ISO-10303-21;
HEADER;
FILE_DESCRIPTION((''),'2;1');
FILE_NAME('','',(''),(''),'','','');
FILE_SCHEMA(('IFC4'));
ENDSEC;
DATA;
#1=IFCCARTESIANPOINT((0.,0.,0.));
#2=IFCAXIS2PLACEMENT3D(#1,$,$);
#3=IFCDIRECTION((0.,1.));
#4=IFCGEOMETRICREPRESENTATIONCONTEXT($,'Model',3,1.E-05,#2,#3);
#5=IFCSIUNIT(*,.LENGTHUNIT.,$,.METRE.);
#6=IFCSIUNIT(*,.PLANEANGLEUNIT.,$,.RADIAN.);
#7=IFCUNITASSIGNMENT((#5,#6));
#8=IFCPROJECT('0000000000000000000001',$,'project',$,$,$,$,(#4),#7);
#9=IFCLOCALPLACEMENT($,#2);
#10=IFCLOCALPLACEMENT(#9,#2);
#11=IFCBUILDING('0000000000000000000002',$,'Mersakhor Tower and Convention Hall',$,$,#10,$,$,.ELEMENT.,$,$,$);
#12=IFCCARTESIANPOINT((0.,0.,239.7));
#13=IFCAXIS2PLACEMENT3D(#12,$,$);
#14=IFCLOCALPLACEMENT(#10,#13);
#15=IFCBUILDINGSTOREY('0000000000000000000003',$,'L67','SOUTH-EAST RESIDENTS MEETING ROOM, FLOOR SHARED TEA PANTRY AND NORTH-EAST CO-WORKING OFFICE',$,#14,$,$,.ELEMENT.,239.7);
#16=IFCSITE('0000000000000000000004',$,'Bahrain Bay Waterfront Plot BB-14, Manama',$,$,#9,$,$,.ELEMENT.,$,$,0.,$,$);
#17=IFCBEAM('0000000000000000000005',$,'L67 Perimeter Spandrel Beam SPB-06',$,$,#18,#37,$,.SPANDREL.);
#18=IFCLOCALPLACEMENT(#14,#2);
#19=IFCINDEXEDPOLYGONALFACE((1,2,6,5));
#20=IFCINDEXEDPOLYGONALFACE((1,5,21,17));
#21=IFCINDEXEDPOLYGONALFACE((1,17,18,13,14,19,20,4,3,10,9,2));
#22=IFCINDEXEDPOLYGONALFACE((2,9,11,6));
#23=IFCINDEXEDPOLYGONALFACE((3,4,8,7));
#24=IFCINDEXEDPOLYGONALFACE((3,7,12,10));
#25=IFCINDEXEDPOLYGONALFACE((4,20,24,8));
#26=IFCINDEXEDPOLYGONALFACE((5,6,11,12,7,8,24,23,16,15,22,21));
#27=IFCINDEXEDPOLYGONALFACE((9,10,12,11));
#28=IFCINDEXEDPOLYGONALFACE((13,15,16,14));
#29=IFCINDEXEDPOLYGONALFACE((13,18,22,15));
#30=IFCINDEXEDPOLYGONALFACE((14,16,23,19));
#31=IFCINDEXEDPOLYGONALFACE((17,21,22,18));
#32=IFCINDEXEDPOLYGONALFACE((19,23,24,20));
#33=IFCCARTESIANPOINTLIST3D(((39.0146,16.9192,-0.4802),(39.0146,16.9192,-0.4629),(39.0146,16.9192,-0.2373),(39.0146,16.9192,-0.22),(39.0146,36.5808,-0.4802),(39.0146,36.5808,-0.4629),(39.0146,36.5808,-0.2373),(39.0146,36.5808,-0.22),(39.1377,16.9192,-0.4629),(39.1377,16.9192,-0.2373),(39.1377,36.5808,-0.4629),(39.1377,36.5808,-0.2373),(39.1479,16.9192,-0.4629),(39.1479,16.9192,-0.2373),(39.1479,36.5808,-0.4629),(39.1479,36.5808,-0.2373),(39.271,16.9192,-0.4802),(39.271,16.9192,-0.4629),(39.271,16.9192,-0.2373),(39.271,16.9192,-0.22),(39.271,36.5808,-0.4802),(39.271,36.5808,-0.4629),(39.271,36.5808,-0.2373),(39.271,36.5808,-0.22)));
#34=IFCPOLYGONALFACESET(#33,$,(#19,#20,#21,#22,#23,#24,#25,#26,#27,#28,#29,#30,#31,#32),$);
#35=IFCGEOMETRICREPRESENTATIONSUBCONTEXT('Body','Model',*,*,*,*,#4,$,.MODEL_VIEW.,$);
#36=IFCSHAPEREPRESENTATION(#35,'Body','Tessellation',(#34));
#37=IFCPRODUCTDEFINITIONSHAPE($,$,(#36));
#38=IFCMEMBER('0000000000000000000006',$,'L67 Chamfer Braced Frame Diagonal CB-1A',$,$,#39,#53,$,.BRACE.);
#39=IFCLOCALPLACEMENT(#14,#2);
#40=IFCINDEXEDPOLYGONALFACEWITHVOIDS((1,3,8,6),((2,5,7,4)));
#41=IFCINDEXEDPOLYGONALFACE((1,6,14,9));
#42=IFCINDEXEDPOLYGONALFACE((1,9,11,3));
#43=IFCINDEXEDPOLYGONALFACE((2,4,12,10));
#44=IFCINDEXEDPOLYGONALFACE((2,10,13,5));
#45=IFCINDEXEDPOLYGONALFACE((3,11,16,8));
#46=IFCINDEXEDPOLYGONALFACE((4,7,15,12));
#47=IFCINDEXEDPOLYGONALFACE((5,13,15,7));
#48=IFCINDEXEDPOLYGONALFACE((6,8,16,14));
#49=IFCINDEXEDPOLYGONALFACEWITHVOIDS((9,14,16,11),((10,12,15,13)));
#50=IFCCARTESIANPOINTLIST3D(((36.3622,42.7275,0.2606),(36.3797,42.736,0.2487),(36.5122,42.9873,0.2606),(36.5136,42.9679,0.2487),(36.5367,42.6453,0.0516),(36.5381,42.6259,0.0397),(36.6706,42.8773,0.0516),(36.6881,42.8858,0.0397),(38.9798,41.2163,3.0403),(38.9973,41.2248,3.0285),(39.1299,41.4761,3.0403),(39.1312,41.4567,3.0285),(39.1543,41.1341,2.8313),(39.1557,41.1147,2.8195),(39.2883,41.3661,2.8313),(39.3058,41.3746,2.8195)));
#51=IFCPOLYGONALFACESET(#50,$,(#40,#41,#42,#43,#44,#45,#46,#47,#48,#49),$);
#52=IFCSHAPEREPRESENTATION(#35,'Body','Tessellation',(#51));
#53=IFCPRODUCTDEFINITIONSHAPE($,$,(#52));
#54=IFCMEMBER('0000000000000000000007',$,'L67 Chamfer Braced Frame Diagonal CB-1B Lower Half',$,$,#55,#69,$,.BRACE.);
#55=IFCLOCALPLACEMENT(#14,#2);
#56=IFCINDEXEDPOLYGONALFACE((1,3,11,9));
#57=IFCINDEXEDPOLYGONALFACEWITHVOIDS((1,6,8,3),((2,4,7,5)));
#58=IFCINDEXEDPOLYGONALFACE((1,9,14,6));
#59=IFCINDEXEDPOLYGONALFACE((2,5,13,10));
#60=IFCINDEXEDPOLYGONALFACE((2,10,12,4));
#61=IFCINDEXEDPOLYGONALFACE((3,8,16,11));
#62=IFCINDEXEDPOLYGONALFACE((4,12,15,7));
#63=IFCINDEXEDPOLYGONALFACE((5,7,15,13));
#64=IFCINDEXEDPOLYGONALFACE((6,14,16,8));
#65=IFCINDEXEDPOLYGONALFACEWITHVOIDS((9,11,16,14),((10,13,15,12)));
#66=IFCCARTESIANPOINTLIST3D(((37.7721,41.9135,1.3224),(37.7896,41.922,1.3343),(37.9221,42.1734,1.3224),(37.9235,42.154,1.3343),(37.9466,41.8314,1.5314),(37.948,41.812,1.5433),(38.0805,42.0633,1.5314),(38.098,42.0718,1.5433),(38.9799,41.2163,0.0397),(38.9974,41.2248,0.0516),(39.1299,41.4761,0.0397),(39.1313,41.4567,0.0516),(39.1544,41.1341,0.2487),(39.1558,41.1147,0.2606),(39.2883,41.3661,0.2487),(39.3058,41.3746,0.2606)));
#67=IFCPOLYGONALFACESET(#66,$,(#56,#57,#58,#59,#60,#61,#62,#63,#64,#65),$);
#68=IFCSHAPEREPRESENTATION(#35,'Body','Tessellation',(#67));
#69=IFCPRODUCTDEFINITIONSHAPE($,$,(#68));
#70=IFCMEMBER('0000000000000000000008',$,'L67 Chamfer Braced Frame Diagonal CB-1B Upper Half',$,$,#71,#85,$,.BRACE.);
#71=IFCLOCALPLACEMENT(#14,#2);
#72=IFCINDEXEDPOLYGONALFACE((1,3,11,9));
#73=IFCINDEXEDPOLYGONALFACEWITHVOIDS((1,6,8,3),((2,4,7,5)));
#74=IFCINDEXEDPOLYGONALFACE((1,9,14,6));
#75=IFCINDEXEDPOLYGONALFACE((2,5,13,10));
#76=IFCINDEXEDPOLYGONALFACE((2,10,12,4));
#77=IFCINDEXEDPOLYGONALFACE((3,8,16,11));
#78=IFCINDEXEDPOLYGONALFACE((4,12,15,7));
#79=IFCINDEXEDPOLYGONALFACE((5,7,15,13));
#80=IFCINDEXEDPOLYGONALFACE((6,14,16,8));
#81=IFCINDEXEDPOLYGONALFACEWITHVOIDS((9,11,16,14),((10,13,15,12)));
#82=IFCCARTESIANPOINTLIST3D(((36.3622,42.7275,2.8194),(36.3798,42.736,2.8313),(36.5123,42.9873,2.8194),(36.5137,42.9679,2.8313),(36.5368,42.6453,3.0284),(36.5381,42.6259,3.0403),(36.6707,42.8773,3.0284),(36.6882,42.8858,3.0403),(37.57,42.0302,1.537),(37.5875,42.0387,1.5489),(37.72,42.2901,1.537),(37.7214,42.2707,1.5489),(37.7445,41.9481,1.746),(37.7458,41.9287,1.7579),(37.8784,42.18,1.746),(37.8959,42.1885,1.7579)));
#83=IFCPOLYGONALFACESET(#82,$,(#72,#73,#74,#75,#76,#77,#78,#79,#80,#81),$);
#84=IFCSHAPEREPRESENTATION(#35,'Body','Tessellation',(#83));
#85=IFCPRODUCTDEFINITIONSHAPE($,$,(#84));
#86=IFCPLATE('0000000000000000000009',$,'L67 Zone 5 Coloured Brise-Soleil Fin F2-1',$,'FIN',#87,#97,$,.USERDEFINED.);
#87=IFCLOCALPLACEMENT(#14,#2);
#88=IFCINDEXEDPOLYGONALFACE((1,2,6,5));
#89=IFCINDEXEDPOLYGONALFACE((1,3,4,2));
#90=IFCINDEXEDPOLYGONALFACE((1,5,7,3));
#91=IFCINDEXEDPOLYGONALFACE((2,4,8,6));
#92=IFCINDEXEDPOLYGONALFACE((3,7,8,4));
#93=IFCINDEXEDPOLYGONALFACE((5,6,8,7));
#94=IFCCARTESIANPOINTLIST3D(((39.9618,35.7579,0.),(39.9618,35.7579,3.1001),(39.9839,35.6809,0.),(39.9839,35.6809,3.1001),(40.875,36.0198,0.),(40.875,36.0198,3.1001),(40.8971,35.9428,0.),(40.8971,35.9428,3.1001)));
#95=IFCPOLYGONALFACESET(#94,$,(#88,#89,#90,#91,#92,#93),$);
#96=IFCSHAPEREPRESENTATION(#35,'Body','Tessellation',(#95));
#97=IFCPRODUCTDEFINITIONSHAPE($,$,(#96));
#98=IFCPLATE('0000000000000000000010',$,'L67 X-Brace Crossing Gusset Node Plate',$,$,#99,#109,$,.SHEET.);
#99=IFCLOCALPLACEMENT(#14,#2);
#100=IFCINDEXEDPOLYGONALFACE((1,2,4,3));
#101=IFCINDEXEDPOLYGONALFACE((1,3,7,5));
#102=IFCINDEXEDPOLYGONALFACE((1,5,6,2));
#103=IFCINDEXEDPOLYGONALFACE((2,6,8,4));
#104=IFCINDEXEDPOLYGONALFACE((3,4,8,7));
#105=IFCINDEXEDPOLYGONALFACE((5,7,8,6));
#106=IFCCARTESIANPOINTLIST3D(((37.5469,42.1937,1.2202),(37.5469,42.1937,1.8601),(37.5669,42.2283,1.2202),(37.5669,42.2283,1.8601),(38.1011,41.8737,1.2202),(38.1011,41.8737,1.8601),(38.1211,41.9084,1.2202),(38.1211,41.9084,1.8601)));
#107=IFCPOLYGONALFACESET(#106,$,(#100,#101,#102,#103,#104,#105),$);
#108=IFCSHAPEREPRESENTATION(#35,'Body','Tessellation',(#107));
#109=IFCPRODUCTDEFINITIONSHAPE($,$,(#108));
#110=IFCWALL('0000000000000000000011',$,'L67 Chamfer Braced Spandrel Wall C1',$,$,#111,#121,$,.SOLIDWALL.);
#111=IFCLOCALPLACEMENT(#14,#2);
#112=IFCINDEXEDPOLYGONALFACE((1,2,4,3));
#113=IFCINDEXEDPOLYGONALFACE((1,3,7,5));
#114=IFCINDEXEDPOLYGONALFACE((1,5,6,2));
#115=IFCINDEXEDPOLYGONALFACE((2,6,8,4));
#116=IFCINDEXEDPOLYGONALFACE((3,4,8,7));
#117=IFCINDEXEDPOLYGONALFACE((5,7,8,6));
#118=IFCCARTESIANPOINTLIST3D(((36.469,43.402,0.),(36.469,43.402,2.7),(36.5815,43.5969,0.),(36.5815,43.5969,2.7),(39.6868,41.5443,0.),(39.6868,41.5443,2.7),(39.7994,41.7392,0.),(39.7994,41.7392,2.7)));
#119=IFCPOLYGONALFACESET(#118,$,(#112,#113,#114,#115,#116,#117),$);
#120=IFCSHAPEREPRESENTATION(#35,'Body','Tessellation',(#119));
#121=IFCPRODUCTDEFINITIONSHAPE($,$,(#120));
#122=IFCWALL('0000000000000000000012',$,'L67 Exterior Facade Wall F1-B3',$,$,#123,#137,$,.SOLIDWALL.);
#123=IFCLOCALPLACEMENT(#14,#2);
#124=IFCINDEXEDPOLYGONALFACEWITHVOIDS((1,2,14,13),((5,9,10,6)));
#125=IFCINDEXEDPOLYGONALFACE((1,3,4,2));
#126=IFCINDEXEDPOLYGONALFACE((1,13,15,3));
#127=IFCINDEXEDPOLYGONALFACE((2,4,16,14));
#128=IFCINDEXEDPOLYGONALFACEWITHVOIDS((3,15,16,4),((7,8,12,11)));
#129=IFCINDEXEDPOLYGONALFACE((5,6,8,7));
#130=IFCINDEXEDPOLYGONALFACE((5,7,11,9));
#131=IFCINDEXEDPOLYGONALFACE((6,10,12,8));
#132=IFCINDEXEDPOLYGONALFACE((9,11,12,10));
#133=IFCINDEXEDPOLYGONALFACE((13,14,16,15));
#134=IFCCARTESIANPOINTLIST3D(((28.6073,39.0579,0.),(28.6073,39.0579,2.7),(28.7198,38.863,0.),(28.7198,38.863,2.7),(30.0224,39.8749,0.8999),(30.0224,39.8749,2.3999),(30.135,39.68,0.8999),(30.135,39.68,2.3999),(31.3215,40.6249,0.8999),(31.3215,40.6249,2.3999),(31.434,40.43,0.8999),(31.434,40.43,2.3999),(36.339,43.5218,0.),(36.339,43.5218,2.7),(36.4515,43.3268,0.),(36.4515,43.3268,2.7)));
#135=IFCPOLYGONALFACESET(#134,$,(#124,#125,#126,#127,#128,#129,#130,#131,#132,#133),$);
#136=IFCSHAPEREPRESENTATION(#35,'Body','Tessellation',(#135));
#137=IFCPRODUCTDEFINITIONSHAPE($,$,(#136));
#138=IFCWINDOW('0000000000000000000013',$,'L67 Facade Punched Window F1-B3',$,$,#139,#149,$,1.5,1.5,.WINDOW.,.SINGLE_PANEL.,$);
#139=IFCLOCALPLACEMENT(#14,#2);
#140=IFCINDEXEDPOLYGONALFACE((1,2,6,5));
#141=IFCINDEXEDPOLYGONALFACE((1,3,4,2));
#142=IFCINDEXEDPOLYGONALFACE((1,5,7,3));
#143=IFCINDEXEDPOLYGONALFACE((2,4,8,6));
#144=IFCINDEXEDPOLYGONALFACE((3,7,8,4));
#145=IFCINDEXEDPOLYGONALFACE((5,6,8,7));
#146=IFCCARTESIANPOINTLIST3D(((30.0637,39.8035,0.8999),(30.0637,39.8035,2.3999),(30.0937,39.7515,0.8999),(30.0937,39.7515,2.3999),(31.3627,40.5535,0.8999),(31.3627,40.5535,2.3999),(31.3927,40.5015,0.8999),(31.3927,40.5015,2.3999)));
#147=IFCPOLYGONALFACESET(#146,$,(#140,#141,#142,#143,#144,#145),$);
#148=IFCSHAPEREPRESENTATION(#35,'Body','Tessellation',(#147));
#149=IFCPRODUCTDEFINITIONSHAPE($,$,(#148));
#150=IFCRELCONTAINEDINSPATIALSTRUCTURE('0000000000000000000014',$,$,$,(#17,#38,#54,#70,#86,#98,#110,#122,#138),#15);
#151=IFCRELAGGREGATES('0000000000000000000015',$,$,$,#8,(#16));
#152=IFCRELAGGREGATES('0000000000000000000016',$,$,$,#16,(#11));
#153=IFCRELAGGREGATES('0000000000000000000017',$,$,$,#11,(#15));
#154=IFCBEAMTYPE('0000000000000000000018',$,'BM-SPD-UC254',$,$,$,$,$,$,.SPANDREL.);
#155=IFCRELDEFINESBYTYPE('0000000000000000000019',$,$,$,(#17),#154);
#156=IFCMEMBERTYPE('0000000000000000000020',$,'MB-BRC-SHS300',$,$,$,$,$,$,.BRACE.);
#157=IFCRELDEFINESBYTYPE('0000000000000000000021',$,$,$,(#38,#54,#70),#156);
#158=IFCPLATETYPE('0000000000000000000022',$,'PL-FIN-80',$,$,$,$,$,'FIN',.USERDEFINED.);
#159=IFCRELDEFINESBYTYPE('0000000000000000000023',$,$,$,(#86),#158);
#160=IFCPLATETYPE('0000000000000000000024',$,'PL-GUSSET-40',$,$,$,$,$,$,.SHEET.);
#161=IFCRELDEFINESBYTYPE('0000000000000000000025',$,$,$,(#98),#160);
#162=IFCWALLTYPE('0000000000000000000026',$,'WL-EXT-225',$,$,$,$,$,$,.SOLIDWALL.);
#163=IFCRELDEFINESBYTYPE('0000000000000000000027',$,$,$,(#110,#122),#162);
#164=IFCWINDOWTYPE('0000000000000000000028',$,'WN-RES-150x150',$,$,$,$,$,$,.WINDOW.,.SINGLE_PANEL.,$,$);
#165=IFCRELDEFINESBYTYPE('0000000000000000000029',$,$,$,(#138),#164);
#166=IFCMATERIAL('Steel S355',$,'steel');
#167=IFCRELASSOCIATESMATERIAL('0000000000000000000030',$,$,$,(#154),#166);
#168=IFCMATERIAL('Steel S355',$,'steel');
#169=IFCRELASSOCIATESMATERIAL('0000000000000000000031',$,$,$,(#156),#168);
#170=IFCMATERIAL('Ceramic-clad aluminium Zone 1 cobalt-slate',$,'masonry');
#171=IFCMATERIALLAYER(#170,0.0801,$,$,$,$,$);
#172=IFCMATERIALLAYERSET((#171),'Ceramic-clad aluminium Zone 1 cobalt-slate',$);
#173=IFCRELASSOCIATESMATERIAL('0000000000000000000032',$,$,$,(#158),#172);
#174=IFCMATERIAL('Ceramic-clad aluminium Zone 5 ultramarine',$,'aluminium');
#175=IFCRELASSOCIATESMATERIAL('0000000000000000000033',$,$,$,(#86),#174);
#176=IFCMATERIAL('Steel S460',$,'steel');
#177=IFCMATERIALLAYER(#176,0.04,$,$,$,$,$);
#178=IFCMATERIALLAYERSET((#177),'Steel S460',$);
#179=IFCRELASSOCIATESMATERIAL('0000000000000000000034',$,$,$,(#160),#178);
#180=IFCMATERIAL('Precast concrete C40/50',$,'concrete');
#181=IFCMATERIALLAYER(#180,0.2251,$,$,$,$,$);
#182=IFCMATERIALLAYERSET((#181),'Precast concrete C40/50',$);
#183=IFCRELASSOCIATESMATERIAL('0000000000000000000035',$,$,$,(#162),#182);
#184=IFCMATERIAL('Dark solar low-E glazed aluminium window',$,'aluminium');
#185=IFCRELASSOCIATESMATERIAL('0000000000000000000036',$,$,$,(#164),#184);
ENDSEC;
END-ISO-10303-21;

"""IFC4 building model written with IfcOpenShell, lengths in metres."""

from ifc_helpers import new_model, si_unit, direction, frame, frame_2d, origin, origin_2d, place, context, subcontext, project, spatial, rectangle, hollow_rectangle, i_section, extrude, material, layer, layer_set, material_profile, profile_set, type_object, element, fill, save


model = new_model("IFC4")

# Units and contexts
model_context = context("Model", 3, precision=1e-05, world=origin(), true_north=direction((0.0, 1.0)))
body_context = subcontext(model_context, "Body", "Model", "MODEL_VIEW")
ifc_project = project(units=[si_unit("LENGTHUNIT", "METRE"), si_unit("PLANEANGLEUNIT", "RADIAN")], contexts=[model_context])

# Site, building, storey
site_placement = place(None, origin())
site = spatial("IfcSite", under=ifc_project, at=site_placement, Name="Bahrain Bay Waterfront Plot BB-14, Manama", CompositionType="ELEMENT", RefElevation=0.0)
building_placement = place(site_placement, origin())
building = spatial("IfcBuilding", under=site, at=building_placement, Name="Mersakhor Tower and Convention Hall", CompositionType="ELEMENT")
storey_placement = place(building_placement, frame((0.0, 0.0, 239.7)))
storey = spatial("IfcBuildingStorey", under=building, at=storey_placement, Name="L67", Description="SOUTH-EAST RESIDENTS MEETING ROOM, FLOOR SHARED TEA PANTRY AND NORTH-EAST CO-WORKING OFFICE", CompositionType="ELEMENT", Elevation=239.7)

# Beam
ifc_material_1 = material(Name="Steel S355", Category="steel")
ifc_material_profile_1 = material_profile(ifc_material_1, i_section(OverallWidth=0.2563, OverallDepth=0.2603, WebThickness=0.0103, FlangeThickness=0.0173, at=origin_2d()), Name="UC 254x254x89")
ifc_profile_set_1 = profile_set([ifc_material_profile_1], Name="Steel S355")
beam_type_1 = type_object("IfcBeamType", Name="BM-SPD-UC254", PredefinedType="SPANDREL", material=ifc_profile_set_1)
beam_1_placement = place(storey_placement, frame((39.1428, 36.5808, -0.3501), z_axis=(0.0, -1.0, 0.0), x_axis=(1.0, 0.0, 0.0)))
element("IfcBeam", 1, at=beam_1_placement, inside=storey, type_object=beam_type_1, Name="L67 Perimeter Spandrel Beam SPB-06", PredefinedType="SPANDREL", context=body_context, shape_type="SweptSolid", body=[
    extrude(i_section(OverallWidth=0.2563, OverallDepth=0.2603, WebThickness=0.0103, FlangeThickness=0.0173, at=origin_2d()), origin(), (0.0, 0.0, 1.0), 19.6616),
])

# Members
ifc_material_2 = material(Name="Steel S355", Category="steel")
ifc_material_profile_2 = material_profile(ifc_material_2, hollow_rectangle(XDim=0.3, YDim=0.3, WallThickness=0.0161, at=origin_2d()), Name="SHS 300x300x16")
ifc_profile_set_2 = profile_set([ifc_material_profile_2], Name="Steel S355")
member_type = type_object("IfcMemberType", Name="MB-BRC-SHS300", PredefinedType="BRACE", material=ifc_profile_set_2)
member_1_placement = place(storey_placement, frame((36.5251, 42.8066, 0.1501), z_axis=(0.637449, -0.36801, 0.676925), x_axis=(0.499979, 0.866038, 0.0)))
element("IfcMember", 2, at=member_1_placement, inside=storey, type_object=member_type, Name="L67 Chamfer Braced Frame Diagonal CB-1A", PredefinedType="BRACE", context=body_context, shape_type="SweptSolid", body=[
    extrude(hollow_rectangle(XDim=0.3, YDim=0.3, WallThickness=0.0161, at=origin_2d()), origin(), (0.0, 0.0, 1.0), 4.1064),
])
member_2_placement = place(storey_placement, frame((39.1428, 41.2954, 0.1501), z_axis=(-0.637413, 0.367991, 0.676969), x_axis=(-0.49998, -0.866037, 0.0)))
element("IfcMember", 3, at=member_2_placement, inside=storey, type_object=member_type, Name="L67 Chamfer Braced Frame Diagonal CB-1B Lower Half", PredefinedType="BRACE", context=body_context, shape_type="SweptSolid", body=[
    extrude(hollow_rectangle(XDim=0.3, YDim=0.3, WallThickness=0.0161, at=origin_2d()), origin(), (0.0, 0.0, 1.0), 1.8948),
])
member_3_placement = place(storey_placement, frame((37.7329, 42.1094, 1.6475), z_axis=(-0.637468, 0.368023, 0.6769), x_axis=(-0.49998, -0.866037, 0.0)))
element("IfcMember", 4, at=member_3_placement, inside=storey, type_object=member_type, Name="L67 Chamfer Braced Frame Diagonal CB-1B Upper Half", PredefinedType="BRACE", context=body_context, shape_type="SweptSolid", body=[
    extrude(hollow_rectangle(XDim=0.3, YDim=0.3, WallThickness=0.0161, at=origin_2d()), origin(), (0.0, 0.0, 1.0), 1.8945),
])

# Plates
ifc_material_3 = material(Name="Ceramic-clad aluminium Zone 5 ultramarine", Category="aluminium")
ifc_material_4 = material(Name="Ceramic-clad aluminium Zone 1 cobalt-slate", Category="masonry")
ifc_layer_1 = layer(ifc_material_4, 0.0801)
ifc_layer_set_1 = layer_set([ifc_layer_1], Name="Ceramic-clad aluminium Zone 1 cobalt-slate")
plate_type_1 = type_object("IfcPlateType", Name="PL-FIN-80", ElementType="FIN", PredefinedType="USERDEFINED", material=ifc_layer_set_1)
plate_1_placement = place(storey_placement, frame((40.4294, 35.8503, 0.0), z_axis=(0.0, 0.0, 1.0), x_axis=(0.961262, 0.275637, 0.0)))
element("IfcPlate", 5, at=plate_1_placement, inside=storey, type_object=plate_type_1, material=ifc_material_3, Name="L67 Zone 5 Coloured Brise-Soleil Fin F2-1", ObjectType="FIN", PredefinedType="USERDEFINED", context=body_context, shape_type="SweptSolid", body=[
    extrude(rectangle(XDim=0.95, YDim=0.0801, at=origin_2d()), origin(), (0.0, 0.0, 1.0), 3.1001),
])
ifc_material_5 = material(Name="Steel S460", Category="steel")
ifc_layer_2 = layer(ifc_material_5, 0.04)
ifc_layer_set_2 = layer_set([ifc_layer_2], Name="Steel S460")
plate_type_2 = type_object("IfcPlateType", Name="PL-GUSSET-40", PredefinedType="SHEET", material=ifc_layer_set_2)
plate_2_placement = place(storey_placement, frame((37.834, 42.051, 1.2202), z_axis=(0.0, 0.0, 1.0), x_axis=(-0.866025, 0.5, 0.0)))
element("IfcPlate", 6, at=plate_2_placement, inside=storey, type_object=plate_type_2, Name="L67 X-Brace Crossing Gusset Node Plate", PredefinedType="SHEET", context=body_context, shape_type="SweptSolid", body=[
    extrude(rectangle(XDim=0.6399, YDim=0.04, at=origin_2d()), origin(), (0.0, 0.0, 1.0), 0.6399),
])

# Wall
ifc_material_6 = material(Name="Precast concrete C40/50", Category="concrete")
ifc_layer_3 = layer(ifc_material_6, 0.2251)
ifc_layer_set_3 = layer_set([ifc_layer_3], Name="Precast concrete C40/50")
wall_type_1 = type_object("IfcWallType", Name="WL-EXT-225", PredefinedType="SOLIDWALL", material=ifc_layer_set_3)
wall_1_placement = place(storey_placement, frame((36.5251, 43.4995, 0.0), z_axis=(0.0, 0.0, 1.0), x_axis=(0.866039, -0.499977, 0.0)))
element("IfcWall", 7, at=wall_1_placement, inside=storey, type_object=wall_type_1, Name="L67 Chamfer Braced Spandrel Wall C1", PredefinedType="SOLIDWALL", context=body_context, shape_type="SweptSolid", body=[
    extrude(rectangle(XDim=3.7156, YDim=0.2251, at=frame_2d((1.8579, 0.0))), origin(), (0.0, 0.0, 1.0), 2.7),
])

# Wall, opening, window
wall_2_placement = place(storey_placement, frame((28.6636, 38.9604, 0.0), z_axis=(0.0, 0.0, 1.0), x_axis=(0.866027, 0.499998, 0.0)))
wall_2 = element("IfcWall", 8, at=wall_2_placement, inside=storey, type_object=wall_type_1, Name="L67 Exterior Facade Wall F1-B3", PredefinedType="SOLIDWALL", context=body_context, shape_type="SweptSolid", body=[
    extrude(rectangle(XDim=8.9277, YDim=0.2251, at=frame_2d((4.4639, 0.0))), origin(), (0.0, 0.0, 1.0), 2.7),
])
opening_1_placement = place(wall_2_placement, frame((1.634, 0.0, 0.8999)))
opening_1 = element("IfcOpeningElement", 9, at=opening_1_placement, cuts=wall_2, PredefinedType="OPENING", context=body_context, shape_type="SweptSolid", body=[
    extrude(rectangle(XDim=1.5, YDim=1.5, at=frame_2d((0.75, 0.75))), frame((0.0, 0.1226, 0.0), z_axis=(0.0, -1.0, 0.0), x_axis=(1.0, 0.0, 0.0)), (0.0, 0.0, 1.0), 0.2451),
])
ifc_material_7 = material(Name="Dark solar low-E glazed aluminium window", Category="aluminium")
window_type = type_object("IfcWindowType", Name="WN-RES-150x150", PartitioningType="SINGLE_PANEL", PredefinedType="WINDOW", material=ifc_material_7)
window_placement = place(opening_1_placement, origin())
window = element("IfcWindow", 10, at=window_placement, inside=storey, type_object=window_type, Name="L67 Facade Punched Window F1-B3", OverallHeight=1.5, OverallWidth=1.5, PartitioningType="SINGLE_PANEL", PredefinedType="WINDOW", context=body_context, shape_type="SweptSolid", body=[
    extrude(rectangle(XDim=1.5, YDim=1.5, at=frame_2d((0.75, 0.75))), frame((0.0, 0.03, 0.0), z_axis=(0.0, -1.0, 0.0), x_axis=(1.0, 0.0, 0.0)), (0.0, 0.0, 1.0), 0.0601),
])
fill(opening_1, window)

save(model, "model.ifc")
